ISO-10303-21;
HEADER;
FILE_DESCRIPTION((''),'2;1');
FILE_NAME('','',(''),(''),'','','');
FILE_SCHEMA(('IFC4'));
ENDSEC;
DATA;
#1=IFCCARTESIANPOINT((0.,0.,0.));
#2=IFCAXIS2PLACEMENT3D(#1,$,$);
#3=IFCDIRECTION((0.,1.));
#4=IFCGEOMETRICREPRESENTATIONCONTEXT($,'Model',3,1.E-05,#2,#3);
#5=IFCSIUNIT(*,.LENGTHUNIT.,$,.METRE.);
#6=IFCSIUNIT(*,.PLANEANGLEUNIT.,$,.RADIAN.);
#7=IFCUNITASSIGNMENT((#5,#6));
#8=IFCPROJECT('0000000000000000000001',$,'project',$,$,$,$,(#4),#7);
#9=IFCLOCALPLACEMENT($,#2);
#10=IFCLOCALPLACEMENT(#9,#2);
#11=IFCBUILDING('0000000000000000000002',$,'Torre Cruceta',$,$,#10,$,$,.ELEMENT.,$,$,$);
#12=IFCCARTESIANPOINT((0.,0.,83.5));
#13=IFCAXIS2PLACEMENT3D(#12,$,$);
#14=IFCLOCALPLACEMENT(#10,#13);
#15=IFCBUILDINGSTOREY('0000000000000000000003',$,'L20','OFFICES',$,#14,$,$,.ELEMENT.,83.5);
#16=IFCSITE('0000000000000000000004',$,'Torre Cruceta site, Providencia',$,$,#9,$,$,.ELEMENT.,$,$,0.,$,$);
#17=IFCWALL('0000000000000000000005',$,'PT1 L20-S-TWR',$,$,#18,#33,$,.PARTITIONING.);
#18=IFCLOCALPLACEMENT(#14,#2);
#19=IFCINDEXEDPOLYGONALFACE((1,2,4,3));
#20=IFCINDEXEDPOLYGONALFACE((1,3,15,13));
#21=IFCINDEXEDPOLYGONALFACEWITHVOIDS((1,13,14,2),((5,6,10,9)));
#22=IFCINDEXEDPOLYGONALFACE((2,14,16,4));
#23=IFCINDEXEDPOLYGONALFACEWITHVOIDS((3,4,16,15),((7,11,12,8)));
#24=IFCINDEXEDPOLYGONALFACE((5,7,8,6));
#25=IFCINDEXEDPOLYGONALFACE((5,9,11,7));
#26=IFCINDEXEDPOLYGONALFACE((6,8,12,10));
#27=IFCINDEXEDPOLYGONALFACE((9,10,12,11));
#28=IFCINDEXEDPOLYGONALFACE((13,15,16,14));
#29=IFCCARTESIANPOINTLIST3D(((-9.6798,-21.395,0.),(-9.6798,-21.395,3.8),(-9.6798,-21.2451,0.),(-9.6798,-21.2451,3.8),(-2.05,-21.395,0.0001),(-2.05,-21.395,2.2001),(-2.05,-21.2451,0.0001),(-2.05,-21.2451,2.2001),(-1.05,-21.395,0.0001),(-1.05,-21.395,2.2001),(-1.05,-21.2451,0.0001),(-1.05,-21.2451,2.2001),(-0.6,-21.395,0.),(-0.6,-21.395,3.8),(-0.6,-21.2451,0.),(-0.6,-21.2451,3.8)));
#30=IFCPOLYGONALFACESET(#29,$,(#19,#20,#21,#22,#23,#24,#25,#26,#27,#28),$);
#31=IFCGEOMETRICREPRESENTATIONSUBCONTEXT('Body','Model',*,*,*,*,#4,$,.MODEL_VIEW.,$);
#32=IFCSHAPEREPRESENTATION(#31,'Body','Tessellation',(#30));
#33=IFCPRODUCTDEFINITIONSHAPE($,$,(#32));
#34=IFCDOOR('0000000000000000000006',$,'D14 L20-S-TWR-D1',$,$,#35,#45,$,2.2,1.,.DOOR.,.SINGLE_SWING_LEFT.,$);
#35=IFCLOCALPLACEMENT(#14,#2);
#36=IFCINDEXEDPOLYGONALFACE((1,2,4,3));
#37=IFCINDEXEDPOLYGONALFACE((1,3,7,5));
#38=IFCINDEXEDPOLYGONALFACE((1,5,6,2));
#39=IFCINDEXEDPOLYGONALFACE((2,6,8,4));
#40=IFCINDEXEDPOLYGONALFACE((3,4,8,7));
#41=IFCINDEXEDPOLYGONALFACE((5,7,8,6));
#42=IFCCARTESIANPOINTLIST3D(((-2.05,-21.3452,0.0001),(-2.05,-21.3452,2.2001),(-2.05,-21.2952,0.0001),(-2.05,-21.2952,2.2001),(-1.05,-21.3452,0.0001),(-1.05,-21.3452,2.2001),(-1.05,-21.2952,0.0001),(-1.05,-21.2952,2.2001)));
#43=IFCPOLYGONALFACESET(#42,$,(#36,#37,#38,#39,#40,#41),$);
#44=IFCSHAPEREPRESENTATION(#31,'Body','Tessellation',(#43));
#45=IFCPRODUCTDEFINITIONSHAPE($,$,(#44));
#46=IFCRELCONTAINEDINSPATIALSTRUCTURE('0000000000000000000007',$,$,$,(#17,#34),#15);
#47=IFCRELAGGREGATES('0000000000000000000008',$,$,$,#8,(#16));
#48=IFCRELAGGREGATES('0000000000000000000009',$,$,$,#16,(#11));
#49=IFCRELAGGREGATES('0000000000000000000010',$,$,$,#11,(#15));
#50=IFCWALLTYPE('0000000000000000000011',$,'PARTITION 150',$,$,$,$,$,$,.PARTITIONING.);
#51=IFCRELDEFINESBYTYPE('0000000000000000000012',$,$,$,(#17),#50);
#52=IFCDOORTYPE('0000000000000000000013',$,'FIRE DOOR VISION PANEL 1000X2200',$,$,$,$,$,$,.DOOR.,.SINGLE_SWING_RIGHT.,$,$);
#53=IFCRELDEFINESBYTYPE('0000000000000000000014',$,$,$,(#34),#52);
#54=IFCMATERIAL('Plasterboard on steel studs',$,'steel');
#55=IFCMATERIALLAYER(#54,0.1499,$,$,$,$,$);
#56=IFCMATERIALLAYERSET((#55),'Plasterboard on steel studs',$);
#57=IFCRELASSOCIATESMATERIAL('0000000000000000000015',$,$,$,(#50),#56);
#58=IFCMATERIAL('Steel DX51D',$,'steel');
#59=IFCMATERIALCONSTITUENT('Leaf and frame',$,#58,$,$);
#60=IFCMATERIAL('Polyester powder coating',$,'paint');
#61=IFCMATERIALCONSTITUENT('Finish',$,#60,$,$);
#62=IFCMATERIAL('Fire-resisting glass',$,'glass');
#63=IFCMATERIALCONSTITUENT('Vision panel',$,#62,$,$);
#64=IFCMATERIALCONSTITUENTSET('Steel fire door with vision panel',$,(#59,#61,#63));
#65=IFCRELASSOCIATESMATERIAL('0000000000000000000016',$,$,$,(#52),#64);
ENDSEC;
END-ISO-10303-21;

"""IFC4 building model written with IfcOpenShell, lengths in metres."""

from ifc_helpers import new_model, si_unit, direction, frame, frame_2d, origin, place, context, subcontext, project, spatial, rectangle, extrude, material, layer, layer_set, constituent, constituent_set, type_object, element, fill, save


model = new_model("IFC4")

# Units and contexts
model_context = context("Model", 3, precision=1e-05, world=origin(), true_north=direction((0.0, 1.0)))
body_context = subcontext(model_context, "Body", "Model", "MODEL_VIEW")
ifc_project = project(units=[si_unit("LENGTHUNIT", "METRE"), si_unit("PLANEANGLEUNIT", "RADIAN")], contexts=[model_context])

# Site, building, storey
site_placement = place(None, origin())
site = spatial("IfcSite", under=ifc_project, at=site_placement, Name="Torre Cruceta site, Providencia", CompositionType="ELEMENT", RefElevation=0.0)
building_placement = place(site_placement, origin())
building = spatial("IfcBuilding", under=site, at=building_placement, Name="Torre Cruceta", CompositionType="ELEMENT")
storey_placement = place(building_placement, frame((0.0, 0.0, 83.5)))
storey = spatial("IfcBuildingStorey", under=building, at=storey_placement, Name="L20", Description="OFFICES", CompositionType="ELEMENT", Elevation=83.5)

# Wall, opening, door
ifc_material_1 = material(Name="Plasterboard on steel studs", Category="steel")
ifc_layer_1 = layer(ifc_material_1, 0.1499)
ifc_layer_set_1 = layer_set([ifc_layer_1], Name="Plasterboard on steel studs")
wall_type_1 = type_object("IfcWallType", Name="PARTITION 150", PredefinedType="PARTITIONING", material=ifc_layer_set_1)
wall_1_placement = place(storey_placement, frame((-9.6799, -21.3201, 0.0), z_axis=(0.0, 0.0, 1.0), x_axis=(1.0, 0.0, 0.0)))
wall_1 = element("IfcWall", 1, at=wall_1_placement, inside=storey, type_object=wall_type_1, Name="PT1 L20-S-TWR", PredefinedType="PARTITIONING", context=body_context, shape_type="SweptSolid", body=[
    extrude(rectangle(XDim=9.0798, YDim=0.1499, at=frame_2d((4.54, 0.0))), origin(), (0.0, 0.0, 1.0), 3.8),
])
opening_1_placement = place(wall_1_placement, frame((7.6299, 0.0, 0.0)))
opening_1 = element("IfcOpeningElement", 2, at=opening_1_placement, cuts=wall_1, PredefinedType="OPENING", context=body_context, shape_type="SweptSolid", body=[
    extrude(rectangle(XDim=1.0, YDim=2.2, at=frame_2d((0.5, 1.1001))), frame((0.0, 0.085, 0.0), z_axis=(0.0, -1.0, 0.0), x_axis=(1.0, 0.0, 0.0)), (0.0, 0.0, 1.0), 0.1699),
])
ifc_material_2 = material(Name="Steel DX51D", Category="steel")
ifc_constituent_1 = constituent(ifc_material_2, Name="Leaf and frame")
ifc_material_3 = material(Name="Polyester powder coating", Category="paint")
ifc_constituent_2 = constituent(ifc_material_3, Name="Finish")
ifc_material_4 = material(Name="Fire-resisting glass", Category="glass")
ifc_constituent_3 = constituent(ifc_material_4, Name="Vision panel")
ifc_constituent_set_1 = constituent_set(constituents=[ifc_constituent_1, ifc_constituent_2, ifc_constituent_3], Name="Steel fire door with vision panel")
door_type = type_object("IfcDoorType", Name="FIRE DOOR VISION PANEL 1000X2200", OperationType="SINGLE_SWING_RIGHT", PredefinedType="DOOR", material=ifc_constituent_set_1)
door_placement = place(opening_1_placement, frame((1.0, 0.0, 0.0), z_axis=(0.0, 0.0, 1.0), x_axis=(-1.0, 0.0, 0.0)))
door = element("IfcDoor", 3, at=door_placement, inside=storey, type_object=door_type, Name="D14 L20-S-TWR-D1", OperationType="SINGLE_SWING_LEFT", OverallHeight=2.2, OverallWidth=1.0, PredefinedType="DOOR", context=body_context, shape_type="SweptSolid", body=[
    extrude(rectangle(XDim=1.0, YDim=2.2, at=frame_2d((0.5, 1.1001))), frame((0.0, 0.0251, 0.0), z_axis=(0.0, -1.0, 0.0), x_axis=(1.0, 0.0, 0.0)), (0.0, 0.0, 1.0), 0.05),
])
fill(opening_1, door)

save(model, "model.ifc")
